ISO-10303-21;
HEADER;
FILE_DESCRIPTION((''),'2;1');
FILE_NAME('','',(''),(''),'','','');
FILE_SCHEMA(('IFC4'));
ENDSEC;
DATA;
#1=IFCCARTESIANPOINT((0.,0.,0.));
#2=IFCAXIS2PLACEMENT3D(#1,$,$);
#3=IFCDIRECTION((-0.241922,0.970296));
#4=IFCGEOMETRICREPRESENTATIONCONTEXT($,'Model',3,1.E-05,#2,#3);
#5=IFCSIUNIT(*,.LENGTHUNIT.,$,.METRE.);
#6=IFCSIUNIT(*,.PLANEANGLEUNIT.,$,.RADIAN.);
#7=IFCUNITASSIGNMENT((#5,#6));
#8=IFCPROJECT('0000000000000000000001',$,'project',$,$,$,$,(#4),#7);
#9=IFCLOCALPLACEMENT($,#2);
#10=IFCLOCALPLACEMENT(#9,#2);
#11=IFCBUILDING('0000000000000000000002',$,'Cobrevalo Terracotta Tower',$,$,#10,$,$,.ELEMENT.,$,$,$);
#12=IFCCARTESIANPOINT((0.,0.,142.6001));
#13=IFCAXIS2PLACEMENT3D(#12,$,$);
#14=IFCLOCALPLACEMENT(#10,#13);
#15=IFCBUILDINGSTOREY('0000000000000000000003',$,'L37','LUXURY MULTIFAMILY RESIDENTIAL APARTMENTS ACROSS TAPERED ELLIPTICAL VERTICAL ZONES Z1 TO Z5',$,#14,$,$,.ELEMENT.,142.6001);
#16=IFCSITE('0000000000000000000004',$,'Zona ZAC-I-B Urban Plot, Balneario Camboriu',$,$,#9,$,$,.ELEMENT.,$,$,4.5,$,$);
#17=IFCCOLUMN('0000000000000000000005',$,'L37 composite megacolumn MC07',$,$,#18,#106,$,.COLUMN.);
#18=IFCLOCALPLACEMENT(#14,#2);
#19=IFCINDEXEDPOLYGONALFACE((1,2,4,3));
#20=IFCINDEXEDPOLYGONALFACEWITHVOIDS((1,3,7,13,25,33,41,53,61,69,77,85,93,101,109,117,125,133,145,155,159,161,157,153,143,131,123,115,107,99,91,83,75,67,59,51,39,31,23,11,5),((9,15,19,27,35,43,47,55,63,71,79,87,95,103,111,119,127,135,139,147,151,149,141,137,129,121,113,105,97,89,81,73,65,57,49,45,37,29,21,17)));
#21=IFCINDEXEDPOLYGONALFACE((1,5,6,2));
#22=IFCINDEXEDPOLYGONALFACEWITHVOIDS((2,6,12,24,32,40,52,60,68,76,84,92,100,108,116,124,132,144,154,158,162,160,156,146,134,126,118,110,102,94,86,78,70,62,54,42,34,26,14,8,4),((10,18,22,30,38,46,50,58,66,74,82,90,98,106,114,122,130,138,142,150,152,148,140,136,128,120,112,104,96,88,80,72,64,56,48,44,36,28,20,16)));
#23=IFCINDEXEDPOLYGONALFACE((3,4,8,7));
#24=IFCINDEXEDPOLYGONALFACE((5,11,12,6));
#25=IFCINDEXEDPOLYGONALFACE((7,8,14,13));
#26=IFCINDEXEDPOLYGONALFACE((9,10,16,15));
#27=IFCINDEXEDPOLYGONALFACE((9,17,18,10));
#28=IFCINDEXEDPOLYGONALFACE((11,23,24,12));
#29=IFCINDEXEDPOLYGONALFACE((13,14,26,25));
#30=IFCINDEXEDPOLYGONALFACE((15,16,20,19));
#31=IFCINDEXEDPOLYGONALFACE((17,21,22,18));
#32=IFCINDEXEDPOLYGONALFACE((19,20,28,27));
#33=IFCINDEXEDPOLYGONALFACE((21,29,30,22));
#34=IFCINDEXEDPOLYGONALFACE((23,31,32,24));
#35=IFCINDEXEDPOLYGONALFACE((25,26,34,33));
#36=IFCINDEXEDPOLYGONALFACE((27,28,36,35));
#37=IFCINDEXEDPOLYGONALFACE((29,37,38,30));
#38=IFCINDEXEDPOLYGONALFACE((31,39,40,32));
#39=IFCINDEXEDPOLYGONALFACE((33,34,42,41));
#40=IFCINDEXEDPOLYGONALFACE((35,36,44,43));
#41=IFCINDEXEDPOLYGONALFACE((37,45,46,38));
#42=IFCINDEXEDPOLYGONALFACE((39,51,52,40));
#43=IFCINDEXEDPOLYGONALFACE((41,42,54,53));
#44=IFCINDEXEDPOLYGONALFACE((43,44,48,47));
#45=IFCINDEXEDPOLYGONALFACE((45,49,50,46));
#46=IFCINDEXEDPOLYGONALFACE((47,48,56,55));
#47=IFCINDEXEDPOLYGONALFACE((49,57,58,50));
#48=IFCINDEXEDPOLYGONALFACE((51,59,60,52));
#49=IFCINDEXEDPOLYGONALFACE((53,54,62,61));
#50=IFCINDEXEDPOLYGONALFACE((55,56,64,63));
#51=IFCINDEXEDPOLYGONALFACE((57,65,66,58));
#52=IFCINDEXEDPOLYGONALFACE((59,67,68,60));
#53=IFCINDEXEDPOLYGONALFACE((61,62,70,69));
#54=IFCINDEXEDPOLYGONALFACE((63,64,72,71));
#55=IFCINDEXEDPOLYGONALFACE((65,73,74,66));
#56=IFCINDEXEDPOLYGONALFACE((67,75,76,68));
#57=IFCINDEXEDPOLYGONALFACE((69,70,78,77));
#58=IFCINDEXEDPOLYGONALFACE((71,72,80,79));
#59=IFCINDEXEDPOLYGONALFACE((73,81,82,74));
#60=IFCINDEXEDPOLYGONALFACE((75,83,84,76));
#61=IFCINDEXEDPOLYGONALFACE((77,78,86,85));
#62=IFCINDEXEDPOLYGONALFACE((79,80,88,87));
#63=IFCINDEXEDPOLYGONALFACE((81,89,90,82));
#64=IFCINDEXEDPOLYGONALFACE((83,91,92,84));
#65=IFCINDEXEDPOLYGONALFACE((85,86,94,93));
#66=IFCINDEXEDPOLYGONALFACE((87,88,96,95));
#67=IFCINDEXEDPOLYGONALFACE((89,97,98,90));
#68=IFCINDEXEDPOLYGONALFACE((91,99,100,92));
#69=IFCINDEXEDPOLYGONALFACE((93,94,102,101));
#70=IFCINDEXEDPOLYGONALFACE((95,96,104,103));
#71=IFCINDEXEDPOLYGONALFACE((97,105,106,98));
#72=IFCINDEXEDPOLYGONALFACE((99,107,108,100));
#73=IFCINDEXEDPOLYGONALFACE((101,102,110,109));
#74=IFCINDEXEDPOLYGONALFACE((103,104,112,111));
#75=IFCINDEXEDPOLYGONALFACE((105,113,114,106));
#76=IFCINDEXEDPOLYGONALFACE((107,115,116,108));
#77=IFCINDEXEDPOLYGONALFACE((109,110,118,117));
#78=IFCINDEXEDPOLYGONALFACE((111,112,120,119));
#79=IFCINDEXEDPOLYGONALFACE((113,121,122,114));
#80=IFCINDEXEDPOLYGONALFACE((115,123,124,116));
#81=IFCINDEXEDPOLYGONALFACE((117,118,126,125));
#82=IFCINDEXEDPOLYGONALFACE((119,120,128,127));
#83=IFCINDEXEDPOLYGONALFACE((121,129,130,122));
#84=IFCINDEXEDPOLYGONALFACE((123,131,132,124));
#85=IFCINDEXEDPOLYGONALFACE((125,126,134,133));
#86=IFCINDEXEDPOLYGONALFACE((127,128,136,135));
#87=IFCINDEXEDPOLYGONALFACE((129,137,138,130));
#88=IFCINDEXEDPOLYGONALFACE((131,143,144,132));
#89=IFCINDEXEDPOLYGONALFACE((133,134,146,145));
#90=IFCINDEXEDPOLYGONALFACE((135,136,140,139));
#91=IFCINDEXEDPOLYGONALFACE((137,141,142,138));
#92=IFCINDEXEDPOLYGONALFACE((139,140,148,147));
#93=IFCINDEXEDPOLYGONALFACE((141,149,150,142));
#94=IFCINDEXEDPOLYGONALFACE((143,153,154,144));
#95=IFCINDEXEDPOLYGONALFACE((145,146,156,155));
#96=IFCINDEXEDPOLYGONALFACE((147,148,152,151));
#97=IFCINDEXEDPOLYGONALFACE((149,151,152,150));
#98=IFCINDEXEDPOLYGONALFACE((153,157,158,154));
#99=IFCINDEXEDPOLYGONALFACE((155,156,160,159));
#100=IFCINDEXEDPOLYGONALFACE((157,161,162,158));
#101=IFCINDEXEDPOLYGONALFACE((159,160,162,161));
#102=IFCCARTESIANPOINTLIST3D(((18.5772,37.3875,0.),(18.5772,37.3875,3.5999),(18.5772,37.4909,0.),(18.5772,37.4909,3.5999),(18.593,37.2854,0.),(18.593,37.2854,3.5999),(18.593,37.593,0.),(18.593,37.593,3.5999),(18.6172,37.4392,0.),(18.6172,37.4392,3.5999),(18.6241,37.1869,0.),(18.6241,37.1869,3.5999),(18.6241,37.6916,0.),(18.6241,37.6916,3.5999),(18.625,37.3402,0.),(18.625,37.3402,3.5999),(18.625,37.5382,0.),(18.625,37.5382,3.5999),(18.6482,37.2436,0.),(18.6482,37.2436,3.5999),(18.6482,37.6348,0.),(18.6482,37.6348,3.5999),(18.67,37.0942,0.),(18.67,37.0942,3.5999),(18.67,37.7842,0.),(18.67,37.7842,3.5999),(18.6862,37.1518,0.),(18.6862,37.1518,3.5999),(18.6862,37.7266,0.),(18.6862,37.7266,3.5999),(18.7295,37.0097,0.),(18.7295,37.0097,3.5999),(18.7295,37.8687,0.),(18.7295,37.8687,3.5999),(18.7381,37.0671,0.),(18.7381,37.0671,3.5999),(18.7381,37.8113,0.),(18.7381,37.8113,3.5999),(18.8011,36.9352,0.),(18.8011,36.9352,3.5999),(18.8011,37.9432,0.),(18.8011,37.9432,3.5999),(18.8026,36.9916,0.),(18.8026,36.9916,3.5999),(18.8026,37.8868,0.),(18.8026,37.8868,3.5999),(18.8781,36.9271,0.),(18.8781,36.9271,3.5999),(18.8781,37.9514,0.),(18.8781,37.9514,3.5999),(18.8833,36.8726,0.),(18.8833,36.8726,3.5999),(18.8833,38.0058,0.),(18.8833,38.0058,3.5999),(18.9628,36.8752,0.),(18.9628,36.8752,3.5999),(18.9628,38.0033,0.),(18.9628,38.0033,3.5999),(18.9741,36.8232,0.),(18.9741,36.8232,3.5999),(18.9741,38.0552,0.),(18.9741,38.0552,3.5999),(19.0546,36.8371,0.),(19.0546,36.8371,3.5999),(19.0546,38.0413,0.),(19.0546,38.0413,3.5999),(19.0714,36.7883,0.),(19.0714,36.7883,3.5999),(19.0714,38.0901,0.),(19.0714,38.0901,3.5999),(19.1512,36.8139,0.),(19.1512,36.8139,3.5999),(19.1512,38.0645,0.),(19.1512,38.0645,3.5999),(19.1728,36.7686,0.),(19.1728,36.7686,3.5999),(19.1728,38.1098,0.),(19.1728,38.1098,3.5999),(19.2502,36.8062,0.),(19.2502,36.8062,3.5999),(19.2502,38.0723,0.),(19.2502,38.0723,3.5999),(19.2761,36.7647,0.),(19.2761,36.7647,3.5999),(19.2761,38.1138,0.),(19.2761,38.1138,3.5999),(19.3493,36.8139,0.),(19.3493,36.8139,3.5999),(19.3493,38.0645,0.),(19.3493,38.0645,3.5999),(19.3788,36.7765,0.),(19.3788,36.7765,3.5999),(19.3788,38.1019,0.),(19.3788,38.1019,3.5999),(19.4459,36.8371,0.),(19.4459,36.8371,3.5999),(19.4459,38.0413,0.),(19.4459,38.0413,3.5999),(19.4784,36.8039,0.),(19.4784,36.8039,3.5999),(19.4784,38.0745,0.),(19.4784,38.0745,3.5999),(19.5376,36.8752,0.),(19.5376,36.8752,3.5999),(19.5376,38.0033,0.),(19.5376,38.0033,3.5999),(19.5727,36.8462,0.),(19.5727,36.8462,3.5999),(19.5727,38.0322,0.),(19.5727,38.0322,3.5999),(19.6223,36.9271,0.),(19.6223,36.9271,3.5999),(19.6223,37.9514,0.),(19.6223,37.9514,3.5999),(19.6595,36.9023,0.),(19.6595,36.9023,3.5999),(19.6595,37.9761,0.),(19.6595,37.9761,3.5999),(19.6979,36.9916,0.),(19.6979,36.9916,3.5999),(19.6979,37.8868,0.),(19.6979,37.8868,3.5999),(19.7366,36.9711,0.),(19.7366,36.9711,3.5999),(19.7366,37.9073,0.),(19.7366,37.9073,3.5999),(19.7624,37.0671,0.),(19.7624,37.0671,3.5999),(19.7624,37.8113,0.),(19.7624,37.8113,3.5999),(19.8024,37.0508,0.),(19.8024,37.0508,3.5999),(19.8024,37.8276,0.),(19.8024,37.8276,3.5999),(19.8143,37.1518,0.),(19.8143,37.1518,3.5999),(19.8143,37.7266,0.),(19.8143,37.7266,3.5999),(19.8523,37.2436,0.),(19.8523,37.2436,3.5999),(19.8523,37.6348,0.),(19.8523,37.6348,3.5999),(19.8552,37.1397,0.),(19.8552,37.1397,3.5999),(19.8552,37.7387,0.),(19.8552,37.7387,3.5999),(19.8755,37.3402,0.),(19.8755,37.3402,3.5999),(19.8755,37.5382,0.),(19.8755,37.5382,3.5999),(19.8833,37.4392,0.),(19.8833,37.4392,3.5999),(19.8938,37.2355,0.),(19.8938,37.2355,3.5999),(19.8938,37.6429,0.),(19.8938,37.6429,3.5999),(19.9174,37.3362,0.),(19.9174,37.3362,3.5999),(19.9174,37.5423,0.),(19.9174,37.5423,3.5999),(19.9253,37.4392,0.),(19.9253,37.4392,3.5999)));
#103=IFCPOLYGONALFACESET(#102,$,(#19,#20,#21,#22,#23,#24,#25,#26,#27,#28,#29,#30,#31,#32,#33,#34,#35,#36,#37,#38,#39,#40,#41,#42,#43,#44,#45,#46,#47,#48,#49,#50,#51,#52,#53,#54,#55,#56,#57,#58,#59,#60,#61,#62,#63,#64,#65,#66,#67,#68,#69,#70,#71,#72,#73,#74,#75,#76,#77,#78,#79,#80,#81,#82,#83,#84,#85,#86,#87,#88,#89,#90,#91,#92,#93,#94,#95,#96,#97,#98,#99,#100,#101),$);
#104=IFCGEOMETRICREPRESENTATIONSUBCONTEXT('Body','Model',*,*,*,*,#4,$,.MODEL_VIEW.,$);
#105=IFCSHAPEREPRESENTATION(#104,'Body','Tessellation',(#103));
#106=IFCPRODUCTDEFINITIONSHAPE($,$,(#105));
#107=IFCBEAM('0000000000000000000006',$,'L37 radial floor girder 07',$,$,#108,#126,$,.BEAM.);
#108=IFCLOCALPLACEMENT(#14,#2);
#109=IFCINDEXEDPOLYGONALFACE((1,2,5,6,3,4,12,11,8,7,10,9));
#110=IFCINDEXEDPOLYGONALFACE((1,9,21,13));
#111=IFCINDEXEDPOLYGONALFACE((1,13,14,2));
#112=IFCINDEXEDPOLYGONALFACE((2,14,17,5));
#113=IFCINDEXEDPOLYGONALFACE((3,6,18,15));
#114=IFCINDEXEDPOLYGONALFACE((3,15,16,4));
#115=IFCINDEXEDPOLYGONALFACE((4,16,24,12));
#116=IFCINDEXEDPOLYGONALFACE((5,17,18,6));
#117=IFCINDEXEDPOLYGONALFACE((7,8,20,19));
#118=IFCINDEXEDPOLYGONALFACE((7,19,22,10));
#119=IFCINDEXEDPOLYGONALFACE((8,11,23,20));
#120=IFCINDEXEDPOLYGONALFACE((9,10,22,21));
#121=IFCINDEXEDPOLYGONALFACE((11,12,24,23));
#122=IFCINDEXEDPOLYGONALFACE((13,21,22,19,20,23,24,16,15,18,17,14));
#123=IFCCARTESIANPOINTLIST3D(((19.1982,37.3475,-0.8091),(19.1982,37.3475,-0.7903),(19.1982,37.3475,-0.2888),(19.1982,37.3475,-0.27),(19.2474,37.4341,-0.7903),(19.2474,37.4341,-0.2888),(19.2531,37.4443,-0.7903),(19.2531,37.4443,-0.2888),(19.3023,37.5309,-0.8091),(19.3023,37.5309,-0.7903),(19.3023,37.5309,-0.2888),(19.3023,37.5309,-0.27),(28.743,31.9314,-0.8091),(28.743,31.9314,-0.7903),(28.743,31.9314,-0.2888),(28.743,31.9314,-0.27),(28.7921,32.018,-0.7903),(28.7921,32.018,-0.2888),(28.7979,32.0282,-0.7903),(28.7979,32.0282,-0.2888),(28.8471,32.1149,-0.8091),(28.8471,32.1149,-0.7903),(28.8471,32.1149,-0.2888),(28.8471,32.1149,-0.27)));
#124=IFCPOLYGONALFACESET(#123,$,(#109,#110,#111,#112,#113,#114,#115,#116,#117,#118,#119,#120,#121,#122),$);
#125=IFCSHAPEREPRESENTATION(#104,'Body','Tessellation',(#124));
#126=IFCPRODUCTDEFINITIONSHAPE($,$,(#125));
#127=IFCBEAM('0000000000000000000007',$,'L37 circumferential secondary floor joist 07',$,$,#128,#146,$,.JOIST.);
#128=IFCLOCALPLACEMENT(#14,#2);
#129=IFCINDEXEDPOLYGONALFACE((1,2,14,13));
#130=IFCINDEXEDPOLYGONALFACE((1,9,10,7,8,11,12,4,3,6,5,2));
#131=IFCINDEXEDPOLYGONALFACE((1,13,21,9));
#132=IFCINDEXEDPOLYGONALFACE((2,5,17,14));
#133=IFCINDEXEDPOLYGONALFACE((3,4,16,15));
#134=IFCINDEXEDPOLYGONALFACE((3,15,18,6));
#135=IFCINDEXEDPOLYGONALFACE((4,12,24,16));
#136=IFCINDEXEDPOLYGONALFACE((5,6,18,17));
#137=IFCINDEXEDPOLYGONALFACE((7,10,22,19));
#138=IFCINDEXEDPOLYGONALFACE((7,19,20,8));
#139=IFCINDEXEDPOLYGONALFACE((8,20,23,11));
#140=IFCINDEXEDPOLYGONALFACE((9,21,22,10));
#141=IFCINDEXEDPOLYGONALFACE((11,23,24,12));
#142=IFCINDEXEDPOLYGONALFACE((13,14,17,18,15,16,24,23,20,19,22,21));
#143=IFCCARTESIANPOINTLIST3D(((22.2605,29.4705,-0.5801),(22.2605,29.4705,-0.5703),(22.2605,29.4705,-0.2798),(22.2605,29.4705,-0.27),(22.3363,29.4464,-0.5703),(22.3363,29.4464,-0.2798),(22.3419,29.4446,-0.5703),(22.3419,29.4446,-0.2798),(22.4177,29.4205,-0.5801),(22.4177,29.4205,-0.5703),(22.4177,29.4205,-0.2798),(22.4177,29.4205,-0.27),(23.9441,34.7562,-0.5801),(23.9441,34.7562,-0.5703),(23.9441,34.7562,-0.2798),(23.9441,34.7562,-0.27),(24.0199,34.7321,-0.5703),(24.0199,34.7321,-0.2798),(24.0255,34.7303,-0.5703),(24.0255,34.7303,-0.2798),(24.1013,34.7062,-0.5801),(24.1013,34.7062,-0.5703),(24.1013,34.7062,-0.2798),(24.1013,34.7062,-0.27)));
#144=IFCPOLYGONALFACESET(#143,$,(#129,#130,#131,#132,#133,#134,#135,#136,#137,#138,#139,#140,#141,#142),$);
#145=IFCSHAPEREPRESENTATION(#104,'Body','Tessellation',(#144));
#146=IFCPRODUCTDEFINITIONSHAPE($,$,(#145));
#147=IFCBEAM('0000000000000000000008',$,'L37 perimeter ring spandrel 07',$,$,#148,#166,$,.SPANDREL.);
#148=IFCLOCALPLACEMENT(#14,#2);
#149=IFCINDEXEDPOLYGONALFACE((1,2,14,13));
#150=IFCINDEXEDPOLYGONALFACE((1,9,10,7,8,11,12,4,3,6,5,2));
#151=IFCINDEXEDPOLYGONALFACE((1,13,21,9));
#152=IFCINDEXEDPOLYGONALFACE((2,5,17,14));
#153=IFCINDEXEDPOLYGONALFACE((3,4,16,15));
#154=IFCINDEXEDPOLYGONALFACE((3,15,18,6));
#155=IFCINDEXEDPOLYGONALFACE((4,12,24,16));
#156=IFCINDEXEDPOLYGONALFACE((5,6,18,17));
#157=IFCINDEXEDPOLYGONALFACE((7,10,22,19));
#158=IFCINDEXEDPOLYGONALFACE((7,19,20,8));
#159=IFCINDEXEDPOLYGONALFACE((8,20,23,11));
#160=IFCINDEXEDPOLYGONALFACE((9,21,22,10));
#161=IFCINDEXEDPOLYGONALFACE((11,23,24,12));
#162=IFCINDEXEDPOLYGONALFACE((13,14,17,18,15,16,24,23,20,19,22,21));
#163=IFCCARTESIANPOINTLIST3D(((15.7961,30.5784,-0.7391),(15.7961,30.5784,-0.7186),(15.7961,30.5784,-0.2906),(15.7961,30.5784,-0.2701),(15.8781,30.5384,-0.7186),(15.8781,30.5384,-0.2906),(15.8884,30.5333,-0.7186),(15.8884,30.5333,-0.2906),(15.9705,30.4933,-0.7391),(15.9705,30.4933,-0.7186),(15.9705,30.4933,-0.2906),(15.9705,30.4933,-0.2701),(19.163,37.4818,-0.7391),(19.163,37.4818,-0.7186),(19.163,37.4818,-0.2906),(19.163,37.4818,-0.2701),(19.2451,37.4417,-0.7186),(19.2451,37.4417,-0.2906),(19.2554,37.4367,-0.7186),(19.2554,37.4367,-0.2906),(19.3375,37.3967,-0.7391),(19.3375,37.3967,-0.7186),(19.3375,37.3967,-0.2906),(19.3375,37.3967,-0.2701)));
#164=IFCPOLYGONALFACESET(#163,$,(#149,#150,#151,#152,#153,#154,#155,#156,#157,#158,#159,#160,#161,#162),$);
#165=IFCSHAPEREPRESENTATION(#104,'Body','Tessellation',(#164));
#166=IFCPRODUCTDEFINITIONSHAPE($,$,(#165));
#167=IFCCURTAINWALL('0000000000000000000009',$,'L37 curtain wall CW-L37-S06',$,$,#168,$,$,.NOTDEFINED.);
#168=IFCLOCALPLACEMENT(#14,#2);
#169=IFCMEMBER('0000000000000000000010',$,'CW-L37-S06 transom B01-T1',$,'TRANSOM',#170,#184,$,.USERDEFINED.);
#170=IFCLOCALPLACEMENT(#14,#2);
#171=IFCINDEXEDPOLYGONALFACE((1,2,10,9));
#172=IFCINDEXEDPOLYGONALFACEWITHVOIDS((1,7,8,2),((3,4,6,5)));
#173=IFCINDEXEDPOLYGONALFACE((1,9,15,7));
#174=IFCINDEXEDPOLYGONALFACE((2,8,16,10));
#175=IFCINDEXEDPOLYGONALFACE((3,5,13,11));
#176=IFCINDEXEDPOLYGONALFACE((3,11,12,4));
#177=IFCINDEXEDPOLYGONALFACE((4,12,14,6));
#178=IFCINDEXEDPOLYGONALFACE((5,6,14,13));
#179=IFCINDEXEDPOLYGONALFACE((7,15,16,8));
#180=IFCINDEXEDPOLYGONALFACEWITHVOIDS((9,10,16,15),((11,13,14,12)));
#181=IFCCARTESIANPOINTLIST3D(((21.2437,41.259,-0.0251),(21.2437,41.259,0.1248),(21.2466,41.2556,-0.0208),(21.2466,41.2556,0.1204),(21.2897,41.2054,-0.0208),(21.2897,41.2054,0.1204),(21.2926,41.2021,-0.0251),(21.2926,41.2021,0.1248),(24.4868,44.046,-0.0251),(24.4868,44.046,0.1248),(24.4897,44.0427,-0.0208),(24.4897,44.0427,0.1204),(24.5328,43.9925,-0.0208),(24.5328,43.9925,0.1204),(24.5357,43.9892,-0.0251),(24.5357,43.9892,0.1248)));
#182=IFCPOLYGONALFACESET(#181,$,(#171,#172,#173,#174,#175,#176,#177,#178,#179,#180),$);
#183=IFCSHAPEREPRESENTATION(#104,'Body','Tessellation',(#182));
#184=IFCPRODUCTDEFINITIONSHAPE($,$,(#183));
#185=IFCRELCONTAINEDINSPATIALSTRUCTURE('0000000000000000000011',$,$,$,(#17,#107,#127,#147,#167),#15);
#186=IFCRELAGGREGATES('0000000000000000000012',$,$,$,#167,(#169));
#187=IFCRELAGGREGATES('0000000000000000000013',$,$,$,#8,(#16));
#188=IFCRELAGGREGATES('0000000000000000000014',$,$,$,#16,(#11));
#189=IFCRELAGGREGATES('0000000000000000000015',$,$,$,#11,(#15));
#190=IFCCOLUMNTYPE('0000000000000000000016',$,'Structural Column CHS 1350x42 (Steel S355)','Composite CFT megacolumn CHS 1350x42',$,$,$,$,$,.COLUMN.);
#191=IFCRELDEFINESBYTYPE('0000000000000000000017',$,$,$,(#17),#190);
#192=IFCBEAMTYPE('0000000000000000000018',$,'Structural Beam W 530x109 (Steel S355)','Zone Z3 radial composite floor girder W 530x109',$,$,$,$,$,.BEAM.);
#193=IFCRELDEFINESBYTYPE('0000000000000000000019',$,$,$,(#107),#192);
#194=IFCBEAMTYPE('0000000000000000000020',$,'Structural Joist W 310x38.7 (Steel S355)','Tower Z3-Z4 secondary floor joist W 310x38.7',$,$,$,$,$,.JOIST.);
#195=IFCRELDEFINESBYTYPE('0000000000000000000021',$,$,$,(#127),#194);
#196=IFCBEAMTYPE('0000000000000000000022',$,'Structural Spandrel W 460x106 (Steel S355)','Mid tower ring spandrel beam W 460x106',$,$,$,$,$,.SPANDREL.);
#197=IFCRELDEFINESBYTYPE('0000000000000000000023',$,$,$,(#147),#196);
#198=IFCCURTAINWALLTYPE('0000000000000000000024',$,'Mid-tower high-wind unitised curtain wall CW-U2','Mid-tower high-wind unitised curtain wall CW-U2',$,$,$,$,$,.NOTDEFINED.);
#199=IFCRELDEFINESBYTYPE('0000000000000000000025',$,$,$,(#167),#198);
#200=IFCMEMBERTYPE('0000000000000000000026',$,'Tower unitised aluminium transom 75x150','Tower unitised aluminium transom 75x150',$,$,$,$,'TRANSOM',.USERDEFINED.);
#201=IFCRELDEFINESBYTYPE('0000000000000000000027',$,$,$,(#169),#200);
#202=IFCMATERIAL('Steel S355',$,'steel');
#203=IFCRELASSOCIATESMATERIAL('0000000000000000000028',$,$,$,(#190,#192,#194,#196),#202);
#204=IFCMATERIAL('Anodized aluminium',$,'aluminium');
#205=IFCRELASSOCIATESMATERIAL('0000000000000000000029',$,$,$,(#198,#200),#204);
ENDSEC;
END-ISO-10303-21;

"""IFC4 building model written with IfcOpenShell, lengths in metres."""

from ifc_helpers import new_model, si_unit, direction, frame, origin, origin_2d, place, context, subcontext, project, spatial, hollow_rectangle, hollow_circle, i_section, extrude, source, transform, mapped, material, material_profile, profile_set, type_object, element, aggregate, save


model = new_model("IFC4")

# Units and contexts
model_context = context("Model", 3, precision=1e-05, world=origin(), true_north=direction((-0.241922, 0.970296)))
body_context = subcontext(model_context, "Body", "Model", "MODEL_VIEW")
ifc_project = project(units=[si_unit("LENGTHUNIT", "METRE"), si_unit("PLANEANGLEUNIT", "RADIAN")], contexts=[model_context])

# Site, building, storey
site_placement = place(None, origin())
site = spatial("IfcSite", under=ifc_project, at=site_placement, Name="Zona ZAC-I-B Urban Plot, Balneario Camboriu", CompositionType="ELEMENT", RefElevation=4.5)
building_placement = place(site_placement, origin())
building = spatial("IfcBuilding", under=site, at=building_placement, Name="Cobrevalo Terracotta Tower", CompositionType="ELEMENT")
storey_placement = place(building_placement, frame((0.0, 0.0, 142.6001)))
storey = spatial("IfcBuildingStorey", under=building, at=storey_placement, Name="L37", Description="LUXURY MULTIFAMILY RESIDENTIAL APARTMENTS ACROSS TAPERED ELLIPTICAL VERTICAL ZONES Z1 TO Z5", CompositionType="ELEMENT", Elevation=142.6001)

# Column
ifc_material_1 = material(Name="Steel S355", Category="steel")
ifc_material_profile_1 = material_profile(ifc_material_1, hollow_circle(Radius=0.675, WallThickness=0.042, at=origin_2d()), Name="CHS 1350x42")
ifc_profile_set_1 = profile_set([ifc_material_profile_1], Name="Steel S355")
column_type = type_object("IfcColumnType", Name="Structural Column CHS 1350x42 (Steel S355)", Description="Composite CFT megacolumn CHS 1350x42", PredefinedType="COLUMN", material=ifc_profile_set_1)
column_placement = place(storey_placement, frame((19.2502, 37.4392, 0.0), z_axis=(0.0, 0.0, 1.0), x_axis=(1.0, 0.0, 0.0)))
element("IfcColumn", 1, at=column_placement, inside=storey, type_object=column_type, Name="L37 composite megacolumn MC07", PredefinedType="COLUMN", context=body_context, shape_type="SweptSolid", body=[
    extrude(hollow_circle(Radius=0.675, WallThickness=0.042, at=origin_2d()), origin(), (0.0, 0.0, 1.0), 3.5999),
])

# Beams
ifc_material_profile_2 = material_profile(ifc_material_1, i_section(OverallWidth=0.2109, OverallDepth=0.5391, WebThickness=0.0117, FlangeThickness=0.0188, at=origin_2d()), Name="W 530x109")
ifc_profile_set_2 = profile_set([ifc_material_profile_2], Name="Steel S355")
beam_type_1 = type_object("IfcBeamType", Name="Structural Beam W 530x109 (Steel S355)", Description="Zone Z3 radial composite floor girder W 530x109", PredefinedType="BEAM", material=ifc_profile_set_2)
beam_1_placement = place(storey_placement, frame((19.2502, 37.4392, -0.5396), z_axis=(0.869734, -0.49352, 0.0), x_axis=(0.49352, 0.869734, 0.0)))
element("IfcBeam", 2, at=beam_1_placement, inside=storey, type_object=beam_type_1, Name="L37 radial floor girder 07", PredefinedType="BEAM", context=body_context, shape_type="SweptSolid", body=[
    extrude(i_section(OverallWidth=0.2109, OverallDepth=0.5391, WebThickness=0.0117, FlangeThickness=0.0188, at=origin_2d()), origin(), (0.0, 0.0, 1.0), 10.9744),
])
ifc_material_profile_3 = material_profile(ifc_material_1, i_section(OverallWidth=0.165, OverallDepth=0.3101, WebThickness=0.0059, FlangeThickness=0.0098, at=origin_2d()), Name="W 310x38.7")
ifc_profile_set_3 = profile_set([ifc_material_profile_3], Name="Steel S355")
beam_type_2 = type_object("IfcBeamType", Name="Structural Joist W 310x38.7 (Steel S355)", Description="Tower Z3-Z4 secondary floor joist W 310x38.7", PredefinedType="JOIST", material=ifc_profile_set_3)
beam_2_placement = place(storey_placement, frame((24.0227, 34.7312, -0.425), z_axis=(-0.303498, -0.952832, 0.0), x_axis=(0.952832, -0.303498, 0.0)))
element("IfcBeam", 3, at=beam_2_placement, inside=storey, type_object=beam_type_2, Name="L37 circumferential secondary floor joist 07", PredefinedType="JOIST", context=body_context, shape_type="SweptSolid", body=[
    extrude(i_section(OverallWidth=0.165, OverallDepth=0.3101, WebThickness=0.0059, FlangeThickness=0.0098, at=origin_2d()), origin(), (0.0, 0.0, 1.0), 5.5474),
])
ifc_material_profile_4 = material_profile(ifc_material_1, i_section(OverallWidth=0.1941, OverallDepth=0.469, WebThickness=0.0115, FlangeThickness=0.0205, at=origin_2d()), Name="W 460x106")
ifc_profile_set_4 = profile_set([ifc_material_profile_4], Name="Steel S355")
beam_type_3 = type_object("IfcBeamType", Name="Structural Spandrel W 460x106 (Steel S355)", Description="Mid tower ring spandrel beam W 460x106", PredefinedType="SPANDREL", material=ifc_profile_set_4)
beam_3_placement = place(storey_placement, frame((19.2502, 37.4392, -0.5046), z_axis=(-0.438368, -0.898796, 0.0), x_axis=(0.898796, -0.438368, 0.0)))
element("IfcBeam", 4, at=beam_3_placement, inside=storey, type_object=beam_type_3, Name="L37 perimeter ring spandrel 07", PredefinedType="SPANDREL", context=body_context, shape_type="SweptSolid", body=[
    extrude(i_section(OverallWidth=0.1941, OverallDepth=0.469, WebThickness=0.0115, FlangeThickness=0.0205, at=origin_2d()), origin(), (0.0, 0.0, 1.0), 7.6807),
])

# Curtain wall, member
ifc_material_2 = material(Name="Anodized aluminium", Category="aluminium")
curtain_wall_type = type_object("IfcCurtainWallType", Name="Mid-tower high-wind unitised curtain wall CW-U2", Description="Mid-tower high-wind unitised curtain wall CW-U2", PredefinedType="NOTDEFINED", material=ifc_material_2)
curtain_wall_1_placement = place(storey_placement, origin())
curtain_wall_1 = element("IfcCurtainWall", 5, at=curtain_wall_1_placement, inside=storey, type_object=curtain_wall_type, Name="L37 curtain wall CW-L37-S06", PredefinedType="NOTDEFINED")
ifc_material_profile_5 = material_profile(ifc_material_2, hollow_rectangle(XDim=0.075, YDim=0.1499, WallThickness=0.0044, at=origin_2d()), Name="CWT 75x150")
ifc_profile_set_5 = profile_set([ifc_material_profile_5], Name="Anodized aluminium")
member_type_1 = type_object("IfcMemberType", Name="Tower unitised aluminium transom 75x150", Description="Tower unitised aluminium transom 75x150", ElementType="TRANSOM", PredefinedType="USERDEFINED", material=ifc_profile_set_5)
shared_shape_1 = source(origin(), body_context, "Body", "SweptSolid", [
    extrude(hollow_rectangle(XDim=0.075, YDim=0.1499, WallThickness=0.0044, at=origin_2d()), origin(), (0.0, 0.0, 1.0), 4.2761),
])
member_1_placement = place(storey_placement, frame((24.5112, 44.0176, 0.0498), z_axis=(-0.758418, -0.651769, 0.0), x_axis=(0.651769, -0.758418, 0.0)))
member_1 = element("IfcMember", 6, at=member_1_placement, type_object=member_type_1, Name="CW-L37-S06 transom B01-T1", ObjectType="TRANSOM", PredefinedType="USERDEFINED", context=body_context, shape_type="MappedRepresentation", body=[
    mapped(shared_shape_1, transform((0.0, 0.0, 0.0), scale=1.0)),
])

aggregate(curtain_wall_1, [member_1])

save(model, "model.ifc")
